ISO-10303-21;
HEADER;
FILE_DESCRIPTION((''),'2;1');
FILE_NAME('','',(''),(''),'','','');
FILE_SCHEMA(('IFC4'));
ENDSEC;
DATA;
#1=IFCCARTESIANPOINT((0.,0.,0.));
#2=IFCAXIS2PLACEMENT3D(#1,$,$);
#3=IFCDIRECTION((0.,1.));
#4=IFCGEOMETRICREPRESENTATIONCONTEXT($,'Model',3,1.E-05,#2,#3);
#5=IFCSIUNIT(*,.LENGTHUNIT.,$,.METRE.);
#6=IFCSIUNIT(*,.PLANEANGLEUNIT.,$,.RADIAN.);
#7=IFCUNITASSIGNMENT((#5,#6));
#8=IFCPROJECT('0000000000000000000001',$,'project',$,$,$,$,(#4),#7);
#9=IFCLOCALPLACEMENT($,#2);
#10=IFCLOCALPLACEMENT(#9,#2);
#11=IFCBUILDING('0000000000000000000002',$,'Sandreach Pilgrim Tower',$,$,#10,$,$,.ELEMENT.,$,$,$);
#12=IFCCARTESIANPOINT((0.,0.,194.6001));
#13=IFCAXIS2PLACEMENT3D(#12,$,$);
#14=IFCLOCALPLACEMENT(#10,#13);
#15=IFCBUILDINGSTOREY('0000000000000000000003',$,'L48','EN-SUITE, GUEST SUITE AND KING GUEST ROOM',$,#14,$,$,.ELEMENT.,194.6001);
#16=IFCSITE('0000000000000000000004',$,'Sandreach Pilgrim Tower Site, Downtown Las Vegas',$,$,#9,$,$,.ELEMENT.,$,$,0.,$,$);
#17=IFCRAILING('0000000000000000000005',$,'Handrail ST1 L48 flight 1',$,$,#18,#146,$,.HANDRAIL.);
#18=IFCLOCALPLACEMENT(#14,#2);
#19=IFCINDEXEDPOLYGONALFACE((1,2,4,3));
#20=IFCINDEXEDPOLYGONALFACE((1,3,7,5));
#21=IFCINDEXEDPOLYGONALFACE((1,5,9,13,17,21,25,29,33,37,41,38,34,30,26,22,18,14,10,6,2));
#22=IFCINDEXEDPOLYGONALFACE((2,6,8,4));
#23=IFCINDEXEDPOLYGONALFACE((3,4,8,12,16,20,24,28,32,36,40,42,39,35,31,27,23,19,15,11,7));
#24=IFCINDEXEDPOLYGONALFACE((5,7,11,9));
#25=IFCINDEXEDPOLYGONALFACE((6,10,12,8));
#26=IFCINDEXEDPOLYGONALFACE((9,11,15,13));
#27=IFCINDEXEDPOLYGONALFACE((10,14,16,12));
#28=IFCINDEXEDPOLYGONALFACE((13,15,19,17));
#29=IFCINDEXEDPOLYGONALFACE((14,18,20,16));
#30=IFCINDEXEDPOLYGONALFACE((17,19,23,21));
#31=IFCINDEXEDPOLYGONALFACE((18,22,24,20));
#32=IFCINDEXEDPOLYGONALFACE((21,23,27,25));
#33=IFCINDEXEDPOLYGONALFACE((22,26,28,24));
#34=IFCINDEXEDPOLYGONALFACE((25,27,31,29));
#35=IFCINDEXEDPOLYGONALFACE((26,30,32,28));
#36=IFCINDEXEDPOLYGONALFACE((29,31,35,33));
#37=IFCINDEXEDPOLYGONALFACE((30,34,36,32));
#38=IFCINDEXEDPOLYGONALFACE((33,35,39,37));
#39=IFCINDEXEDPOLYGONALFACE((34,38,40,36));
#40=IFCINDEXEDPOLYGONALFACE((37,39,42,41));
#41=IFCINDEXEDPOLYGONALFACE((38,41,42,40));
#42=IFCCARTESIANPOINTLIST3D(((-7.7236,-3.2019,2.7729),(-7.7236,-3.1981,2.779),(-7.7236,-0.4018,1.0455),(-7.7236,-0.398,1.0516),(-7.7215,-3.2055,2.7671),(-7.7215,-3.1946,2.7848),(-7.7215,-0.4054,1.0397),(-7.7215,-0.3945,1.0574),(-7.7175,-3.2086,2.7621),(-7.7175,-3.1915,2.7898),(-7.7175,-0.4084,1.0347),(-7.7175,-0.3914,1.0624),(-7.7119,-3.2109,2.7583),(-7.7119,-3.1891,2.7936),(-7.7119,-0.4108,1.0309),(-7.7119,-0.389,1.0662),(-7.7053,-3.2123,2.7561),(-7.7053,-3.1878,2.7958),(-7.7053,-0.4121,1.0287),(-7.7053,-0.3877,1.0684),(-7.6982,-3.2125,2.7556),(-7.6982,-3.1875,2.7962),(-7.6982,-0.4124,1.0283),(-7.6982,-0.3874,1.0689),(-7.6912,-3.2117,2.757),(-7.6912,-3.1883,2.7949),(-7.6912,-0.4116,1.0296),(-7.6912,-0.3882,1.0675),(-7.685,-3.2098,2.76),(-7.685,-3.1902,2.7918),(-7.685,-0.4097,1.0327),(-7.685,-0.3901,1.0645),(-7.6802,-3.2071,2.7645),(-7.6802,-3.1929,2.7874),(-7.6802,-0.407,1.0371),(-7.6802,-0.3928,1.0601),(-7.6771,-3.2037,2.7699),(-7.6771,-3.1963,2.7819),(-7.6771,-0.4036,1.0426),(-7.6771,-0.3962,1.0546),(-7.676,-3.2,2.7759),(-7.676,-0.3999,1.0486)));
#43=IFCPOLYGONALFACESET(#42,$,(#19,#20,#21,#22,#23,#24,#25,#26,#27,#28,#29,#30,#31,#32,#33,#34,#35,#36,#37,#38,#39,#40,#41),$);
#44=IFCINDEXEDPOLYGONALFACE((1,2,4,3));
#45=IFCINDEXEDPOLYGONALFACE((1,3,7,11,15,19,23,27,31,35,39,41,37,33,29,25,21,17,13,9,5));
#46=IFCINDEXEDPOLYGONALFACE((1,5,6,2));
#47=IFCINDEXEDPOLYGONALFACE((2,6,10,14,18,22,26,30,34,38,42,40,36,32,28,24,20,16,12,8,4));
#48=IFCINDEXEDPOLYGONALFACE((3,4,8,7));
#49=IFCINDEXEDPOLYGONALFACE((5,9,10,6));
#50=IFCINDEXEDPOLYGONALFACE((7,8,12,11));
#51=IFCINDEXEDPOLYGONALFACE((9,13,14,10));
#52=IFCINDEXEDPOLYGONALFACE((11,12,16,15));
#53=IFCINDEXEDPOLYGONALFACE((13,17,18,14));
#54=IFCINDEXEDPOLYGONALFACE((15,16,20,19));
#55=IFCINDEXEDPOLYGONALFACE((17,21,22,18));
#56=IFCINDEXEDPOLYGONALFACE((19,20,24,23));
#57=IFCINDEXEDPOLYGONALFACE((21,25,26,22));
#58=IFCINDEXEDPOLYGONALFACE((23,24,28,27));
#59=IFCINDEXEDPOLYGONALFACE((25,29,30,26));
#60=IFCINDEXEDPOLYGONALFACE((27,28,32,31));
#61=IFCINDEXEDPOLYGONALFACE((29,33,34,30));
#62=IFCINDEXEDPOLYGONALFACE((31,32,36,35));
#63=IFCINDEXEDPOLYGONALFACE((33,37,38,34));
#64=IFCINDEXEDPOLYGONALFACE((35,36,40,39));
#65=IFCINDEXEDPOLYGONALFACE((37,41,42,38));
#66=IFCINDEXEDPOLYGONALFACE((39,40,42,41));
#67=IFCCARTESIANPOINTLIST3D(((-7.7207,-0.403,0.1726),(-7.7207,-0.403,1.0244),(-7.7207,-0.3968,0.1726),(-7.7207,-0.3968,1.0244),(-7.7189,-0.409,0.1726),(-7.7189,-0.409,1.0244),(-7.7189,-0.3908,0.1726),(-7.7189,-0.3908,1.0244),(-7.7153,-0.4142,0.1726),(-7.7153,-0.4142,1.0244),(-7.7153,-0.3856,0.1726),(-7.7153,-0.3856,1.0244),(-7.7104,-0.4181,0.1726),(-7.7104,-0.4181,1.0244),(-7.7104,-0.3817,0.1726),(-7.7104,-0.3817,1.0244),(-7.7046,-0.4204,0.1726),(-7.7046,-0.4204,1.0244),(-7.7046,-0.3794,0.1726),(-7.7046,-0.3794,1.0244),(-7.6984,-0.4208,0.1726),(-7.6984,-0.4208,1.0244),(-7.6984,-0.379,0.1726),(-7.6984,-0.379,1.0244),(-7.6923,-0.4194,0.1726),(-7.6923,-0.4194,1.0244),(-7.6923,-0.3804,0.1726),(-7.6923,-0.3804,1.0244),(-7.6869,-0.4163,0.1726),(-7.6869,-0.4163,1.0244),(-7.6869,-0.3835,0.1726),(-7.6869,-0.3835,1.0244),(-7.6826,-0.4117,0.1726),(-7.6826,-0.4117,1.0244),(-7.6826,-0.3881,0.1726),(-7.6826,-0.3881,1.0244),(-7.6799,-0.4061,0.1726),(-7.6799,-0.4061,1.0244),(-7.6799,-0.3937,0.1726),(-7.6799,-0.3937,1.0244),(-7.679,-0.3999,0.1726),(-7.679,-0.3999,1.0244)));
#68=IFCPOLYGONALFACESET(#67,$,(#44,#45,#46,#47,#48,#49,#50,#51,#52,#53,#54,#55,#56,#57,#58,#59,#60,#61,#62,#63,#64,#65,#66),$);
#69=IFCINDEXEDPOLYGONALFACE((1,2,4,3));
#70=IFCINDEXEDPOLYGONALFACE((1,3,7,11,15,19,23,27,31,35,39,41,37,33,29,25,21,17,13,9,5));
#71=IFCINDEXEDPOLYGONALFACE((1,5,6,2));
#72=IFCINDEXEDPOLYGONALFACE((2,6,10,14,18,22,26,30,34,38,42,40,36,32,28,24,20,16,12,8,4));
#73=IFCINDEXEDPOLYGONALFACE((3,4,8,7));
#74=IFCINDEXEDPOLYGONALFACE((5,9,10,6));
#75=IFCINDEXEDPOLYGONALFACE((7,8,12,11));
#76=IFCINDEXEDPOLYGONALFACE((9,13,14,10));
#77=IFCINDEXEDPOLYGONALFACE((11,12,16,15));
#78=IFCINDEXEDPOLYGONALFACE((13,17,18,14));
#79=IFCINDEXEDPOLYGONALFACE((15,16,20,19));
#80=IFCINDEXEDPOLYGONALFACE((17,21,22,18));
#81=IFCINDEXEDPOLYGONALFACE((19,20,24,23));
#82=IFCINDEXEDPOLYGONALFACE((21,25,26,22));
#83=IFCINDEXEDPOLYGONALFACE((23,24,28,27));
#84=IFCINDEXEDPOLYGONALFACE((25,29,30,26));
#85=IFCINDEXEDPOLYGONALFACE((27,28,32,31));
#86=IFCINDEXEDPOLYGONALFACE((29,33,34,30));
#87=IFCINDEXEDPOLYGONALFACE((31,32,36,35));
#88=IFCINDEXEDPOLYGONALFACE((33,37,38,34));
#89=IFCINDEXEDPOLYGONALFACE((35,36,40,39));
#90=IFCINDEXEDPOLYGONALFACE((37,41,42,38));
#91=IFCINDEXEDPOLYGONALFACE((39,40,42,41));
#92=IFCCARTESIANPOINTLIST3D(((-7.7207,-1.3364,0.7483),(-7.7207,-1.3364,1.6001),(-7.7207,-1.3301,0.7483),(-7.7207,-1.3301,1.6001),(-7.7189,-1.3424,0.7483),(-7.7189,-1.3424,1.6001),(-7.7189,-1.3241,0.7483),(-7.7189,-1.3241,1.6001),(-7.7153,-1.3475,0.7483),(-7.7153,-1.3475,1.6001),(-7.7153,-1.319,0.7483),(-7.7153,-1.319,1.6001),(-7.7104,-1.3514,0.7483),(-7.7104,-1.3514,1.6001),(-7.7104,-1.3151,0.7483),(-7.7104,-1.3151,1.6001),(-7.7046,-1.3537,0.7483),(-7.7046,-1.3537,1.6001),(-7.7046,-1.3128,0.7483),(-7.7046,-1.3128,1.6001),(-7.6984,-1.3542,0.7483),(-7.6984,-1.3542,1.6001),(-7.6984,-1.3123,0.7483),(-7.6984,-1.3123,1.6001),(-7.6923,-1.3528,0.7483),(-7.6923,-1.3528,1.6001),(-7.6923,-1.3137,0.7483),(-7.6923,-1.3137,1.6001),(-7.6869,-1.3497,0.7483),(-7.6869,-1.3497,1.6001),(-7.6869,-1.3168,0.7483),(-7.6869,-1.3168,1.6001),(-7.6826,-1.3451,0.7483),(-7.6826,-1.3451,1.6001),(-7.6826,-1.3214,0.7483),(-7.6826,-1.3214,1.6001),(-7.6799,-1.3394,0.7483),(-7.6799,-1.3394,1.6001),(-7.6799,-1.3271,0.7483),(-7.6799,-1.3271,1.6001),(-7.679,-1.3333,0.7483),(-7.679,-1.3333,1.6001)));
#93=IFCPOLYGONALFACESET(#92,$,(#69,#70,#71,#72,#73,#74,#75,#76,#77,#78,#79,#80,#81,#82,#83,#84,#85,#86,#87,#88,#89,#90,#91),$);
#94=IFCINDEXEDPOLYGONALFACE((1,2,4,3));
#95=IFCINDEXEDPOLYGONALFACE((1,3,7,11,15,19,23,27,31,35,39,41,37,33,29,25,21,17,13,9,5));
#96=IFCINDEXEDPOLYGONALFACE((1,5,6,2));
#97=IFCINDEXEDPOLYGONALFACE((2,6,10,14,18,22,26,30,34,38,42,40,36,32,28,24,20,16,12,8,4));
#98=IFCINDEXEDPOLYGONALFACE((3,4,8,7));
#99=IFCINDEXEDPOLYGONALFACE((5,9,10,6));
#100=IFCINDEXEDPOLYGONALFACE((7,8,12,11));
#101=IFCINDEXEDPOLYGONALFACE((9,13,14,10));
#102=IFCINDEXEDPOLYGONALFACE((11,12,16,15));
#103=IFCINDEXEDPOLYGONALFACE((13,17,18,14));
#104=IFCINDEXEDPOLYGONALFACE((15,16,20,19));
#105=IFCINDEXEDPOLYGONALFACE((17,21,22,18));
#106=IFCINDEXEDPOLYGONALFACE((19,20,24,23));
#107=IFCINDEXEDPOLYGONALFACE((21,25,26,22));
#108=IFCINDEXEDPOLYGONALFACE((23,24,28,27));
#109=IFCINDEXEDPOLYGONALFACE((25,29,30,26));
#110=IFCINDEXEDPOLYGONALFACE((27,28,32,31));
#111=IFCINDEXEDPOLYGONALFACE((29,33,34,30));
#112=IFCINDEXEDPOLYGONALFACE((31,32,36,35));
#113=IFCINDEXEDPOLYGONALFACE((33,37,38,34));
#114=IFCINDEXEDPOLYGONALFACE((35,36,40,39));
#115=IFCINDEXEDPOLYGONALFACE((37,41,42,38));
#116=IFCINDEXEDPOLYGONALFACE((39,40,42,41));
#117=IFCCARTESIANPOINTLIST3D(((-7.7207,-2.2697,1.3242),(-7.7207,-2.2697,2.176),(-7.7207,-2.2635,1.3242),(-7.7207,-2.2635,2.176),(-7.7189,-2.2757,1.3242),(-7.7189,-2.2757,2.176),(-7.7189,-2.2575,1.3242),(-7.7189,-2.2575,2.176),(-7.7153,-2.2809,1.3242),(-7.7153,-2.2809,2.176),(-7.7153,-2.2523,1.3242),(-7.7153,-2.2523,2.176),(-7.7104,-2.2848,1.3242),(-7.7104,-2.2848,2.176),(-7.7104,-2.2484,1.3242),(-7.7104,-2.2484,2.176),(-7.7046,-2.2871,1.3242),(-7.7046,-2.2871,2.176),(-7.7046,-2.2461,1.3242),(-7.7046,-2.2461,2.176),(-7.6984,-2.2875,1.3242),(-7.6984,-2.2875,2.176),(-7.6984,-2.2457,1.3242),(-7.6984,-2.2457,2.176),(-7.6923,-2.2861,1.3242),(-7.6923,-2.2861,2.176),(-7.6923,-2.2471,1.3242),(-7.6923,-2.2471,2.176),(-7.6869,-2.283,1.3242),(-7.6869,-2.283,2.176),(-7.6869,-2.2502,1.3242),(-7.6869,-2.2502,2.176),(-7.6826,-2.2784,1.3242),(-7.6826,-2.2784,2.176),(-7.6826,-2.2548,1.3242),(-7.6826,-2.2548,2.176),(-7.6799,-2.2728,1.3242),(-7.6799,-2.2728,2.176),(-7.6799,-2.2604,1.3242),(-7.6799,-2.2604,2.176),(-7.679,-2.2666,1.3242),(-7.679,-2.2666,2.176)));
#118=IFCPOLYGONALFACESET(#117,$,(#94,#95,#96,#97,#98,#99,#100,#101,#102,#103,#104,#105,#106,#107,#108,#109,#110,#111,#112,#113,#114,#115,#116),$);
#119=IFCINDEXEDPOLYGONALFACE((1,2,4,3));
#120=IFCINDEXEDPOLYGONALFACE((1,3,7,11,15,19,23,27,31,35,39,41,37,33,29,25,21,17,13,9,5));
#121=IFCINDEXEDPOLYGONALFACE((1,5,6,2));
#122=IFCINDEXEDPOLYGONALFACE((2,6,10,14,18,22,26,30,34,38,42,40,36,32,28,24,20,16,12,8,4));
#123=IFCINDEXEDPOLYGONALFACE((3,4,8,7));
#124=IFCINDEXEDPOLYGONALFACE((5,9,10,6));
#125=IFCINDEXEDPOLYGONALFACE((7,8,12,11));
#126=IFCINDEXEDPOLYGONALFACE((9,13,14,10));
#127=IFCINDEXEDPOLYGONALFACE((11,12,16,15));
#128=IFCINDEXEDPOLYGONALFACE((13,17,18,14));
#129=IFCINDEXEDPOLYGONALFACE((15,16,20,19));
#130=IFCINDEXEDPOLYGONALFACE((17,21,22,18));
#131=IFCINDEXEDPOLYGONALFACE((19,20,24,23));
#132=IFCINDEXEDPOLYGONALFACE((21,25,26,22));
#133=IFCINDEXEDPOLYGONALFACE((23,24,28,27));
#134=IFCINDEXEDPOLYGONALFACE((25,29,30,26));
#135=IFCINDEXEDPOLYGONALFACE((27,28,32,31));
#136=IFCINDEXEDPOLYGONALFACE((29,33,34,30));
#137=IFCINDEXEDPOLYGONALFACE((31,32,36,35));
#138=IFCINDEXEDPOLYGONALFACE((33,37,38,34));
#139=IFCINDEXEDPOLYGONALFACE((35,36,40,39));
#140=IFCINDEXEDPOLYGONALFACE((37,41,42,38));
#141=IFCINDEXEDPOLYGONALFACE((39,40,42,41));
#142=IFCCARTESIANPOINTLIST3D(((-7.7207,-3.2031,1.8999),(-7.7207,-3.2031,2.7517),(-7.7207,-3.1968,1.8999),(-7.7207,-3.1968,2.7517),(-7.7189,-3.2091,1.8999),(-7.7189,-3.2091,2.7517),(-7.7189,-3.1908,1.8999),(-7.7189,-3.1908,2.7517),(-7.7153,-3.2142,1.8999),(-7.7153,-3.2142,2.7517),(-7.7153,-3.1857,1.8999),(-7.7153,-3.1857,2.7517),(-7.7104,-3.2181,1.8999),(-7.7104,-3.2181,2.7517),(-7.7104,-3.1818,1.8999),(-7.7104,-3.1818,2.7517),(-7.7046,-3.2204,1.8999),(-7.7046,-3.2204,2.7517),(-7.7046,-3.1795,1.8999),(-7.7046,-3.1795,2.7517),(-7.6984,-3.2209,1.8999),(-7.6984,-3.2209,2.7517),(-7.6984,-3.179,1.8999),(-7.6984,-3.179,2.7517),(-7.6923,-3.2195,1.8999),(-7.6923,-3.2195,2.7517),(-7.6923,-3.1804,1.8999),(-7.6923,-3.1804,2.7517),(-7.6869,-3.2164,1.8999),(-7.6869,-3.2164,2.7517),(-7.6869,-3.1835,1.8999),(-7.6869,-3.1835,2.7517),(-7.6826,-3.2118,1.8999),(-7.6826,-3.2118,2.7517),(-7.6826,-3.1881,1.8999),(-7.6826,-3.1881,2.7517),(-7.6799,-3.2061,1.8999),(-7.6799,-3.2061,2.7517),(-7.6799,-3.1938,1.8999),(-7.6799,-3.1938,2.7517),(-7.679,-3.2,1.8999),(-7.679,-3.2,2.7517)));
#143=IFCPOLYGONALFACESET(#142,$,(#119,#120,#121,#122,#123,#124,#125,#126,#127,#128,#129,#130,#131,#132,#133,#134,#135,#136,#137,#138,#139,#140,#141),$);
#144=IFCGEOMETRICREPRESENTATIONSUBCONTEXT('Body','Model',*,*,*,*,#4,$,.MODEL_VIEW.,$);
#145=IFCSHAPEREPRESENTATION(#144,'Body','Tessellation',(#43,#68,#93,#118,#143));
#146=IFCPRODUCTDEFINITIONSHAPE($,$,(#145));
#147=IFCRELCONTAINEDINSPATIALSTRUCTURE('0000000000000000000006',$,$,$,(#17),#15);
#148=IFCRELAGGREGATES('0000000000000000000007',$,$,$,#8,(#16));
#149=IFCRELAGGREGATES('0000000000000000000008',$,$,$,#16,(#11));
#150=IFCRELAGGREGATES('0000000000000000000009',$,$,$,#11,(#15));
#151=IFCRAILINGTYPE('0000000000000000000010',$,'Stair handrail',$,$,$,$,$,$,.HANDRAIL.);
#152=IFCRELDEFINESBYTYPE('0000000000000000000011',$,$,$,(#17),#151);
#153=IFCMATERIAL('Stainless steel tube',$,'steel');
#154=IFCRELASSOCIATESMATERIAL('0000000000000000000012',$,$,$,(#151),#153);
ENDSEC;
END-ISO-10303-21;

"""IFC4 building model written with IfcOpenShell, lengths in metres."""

from ifc_helpers import new_model, si_unit, direction, frame, origin, origin_2d, place, context, subcontext, project, spatial, circle, extrude, material, type_object, element, save


model = new_model("IFC4")

# Units and contexts
model_context = context("Model", 3, precision=1e-05, world=origin(), true_north=direction((0.0, 1.0)))
body_context = subcontext(model_context, "Body", "Model", "MODEL_VIEW")
ifc_project = project(units=[si_unit("LENGTHUNIT", "METRE"), si_unit("PLANEANGLEUNIT", "RADIAN")], contexts=[model_context])

# Site, building, storey
site_placement = place(None, origin())
site = spatial("IfcSite", under=ifc_project, at=site_placement, Name="Sandreach Pilgrim Tower Site, Downtown Las Vegas", CompositionType="ELEMENT", RefElevation=0.0)
building_placement = place(site_placement, origin())
building = spatial("IfcBuilding", under=site, at=building_placement, Name="Sandreach Pilgrim Tower", CompositionType="ELEMENT")
storey_placement = place(building_placement, frame((0.0, 0.0, 194.6001)))
storey = spatial("IfcBuildingStorey", under=building, at=storey_placement, Name="L48", Description="EN-SUITE, GUEST SUITE AND KING GUEST ROOM", CompositionType="ELEMENT", Elevation=194.6001)

# Railing
ifc_material_1 = material(Name="Stainless steel tube", Category="steel")
railing_type = type_object("IfcRailingType", Name="Stair handrail", PredefinedType="HANDRAIL", material=ifc_material_1)
for number, where, name in (
    (1, (-7.7, -0.3999, 0.1726), "Handrail ST1 L48 flight 1"),
):
    element("IfcRailing", number, at=place(storey_placement, frame(where)), inside=storey, type_object=railing_type, Name=name, PredefinedType="HANDRAIL", context=body_context, shape_type="SweptSolid", body=[
        extrude(circle(Radius=0.0239, at=origin_2d()), frame((0.0, 0.0, 0.876), z_axis=(0.0, -0.85109, 0.52502), x_axis=(1.0, 0.0, 0.0)), (0.0, 0.0, 1.0), 3.29),
        extrude(circle(Radius=0.021, at=origin_2d()), origin(), (0.0, 0.0, 1.0), 0.8518),
        extrude(circle(Radius=0.021, at=origin_2d()), frame((0.0, -0.9333, 0.5757)), (0.0, 0.0, 1.0), 0.8518),
        extrude(circle(Radius=0.021, at=origin_2d()), frame((0.0, -1.8667, 1.1516)), (0.0, 0.0, 1.0), 0.8518),
        extrude(circle(Radius=0.021, at=origin_2d()), frame((0.0, -2.8, 1.7273)), (0.0, 0.0, 1.0), 0.8518),
    ])

save(model, "model.ifc")
